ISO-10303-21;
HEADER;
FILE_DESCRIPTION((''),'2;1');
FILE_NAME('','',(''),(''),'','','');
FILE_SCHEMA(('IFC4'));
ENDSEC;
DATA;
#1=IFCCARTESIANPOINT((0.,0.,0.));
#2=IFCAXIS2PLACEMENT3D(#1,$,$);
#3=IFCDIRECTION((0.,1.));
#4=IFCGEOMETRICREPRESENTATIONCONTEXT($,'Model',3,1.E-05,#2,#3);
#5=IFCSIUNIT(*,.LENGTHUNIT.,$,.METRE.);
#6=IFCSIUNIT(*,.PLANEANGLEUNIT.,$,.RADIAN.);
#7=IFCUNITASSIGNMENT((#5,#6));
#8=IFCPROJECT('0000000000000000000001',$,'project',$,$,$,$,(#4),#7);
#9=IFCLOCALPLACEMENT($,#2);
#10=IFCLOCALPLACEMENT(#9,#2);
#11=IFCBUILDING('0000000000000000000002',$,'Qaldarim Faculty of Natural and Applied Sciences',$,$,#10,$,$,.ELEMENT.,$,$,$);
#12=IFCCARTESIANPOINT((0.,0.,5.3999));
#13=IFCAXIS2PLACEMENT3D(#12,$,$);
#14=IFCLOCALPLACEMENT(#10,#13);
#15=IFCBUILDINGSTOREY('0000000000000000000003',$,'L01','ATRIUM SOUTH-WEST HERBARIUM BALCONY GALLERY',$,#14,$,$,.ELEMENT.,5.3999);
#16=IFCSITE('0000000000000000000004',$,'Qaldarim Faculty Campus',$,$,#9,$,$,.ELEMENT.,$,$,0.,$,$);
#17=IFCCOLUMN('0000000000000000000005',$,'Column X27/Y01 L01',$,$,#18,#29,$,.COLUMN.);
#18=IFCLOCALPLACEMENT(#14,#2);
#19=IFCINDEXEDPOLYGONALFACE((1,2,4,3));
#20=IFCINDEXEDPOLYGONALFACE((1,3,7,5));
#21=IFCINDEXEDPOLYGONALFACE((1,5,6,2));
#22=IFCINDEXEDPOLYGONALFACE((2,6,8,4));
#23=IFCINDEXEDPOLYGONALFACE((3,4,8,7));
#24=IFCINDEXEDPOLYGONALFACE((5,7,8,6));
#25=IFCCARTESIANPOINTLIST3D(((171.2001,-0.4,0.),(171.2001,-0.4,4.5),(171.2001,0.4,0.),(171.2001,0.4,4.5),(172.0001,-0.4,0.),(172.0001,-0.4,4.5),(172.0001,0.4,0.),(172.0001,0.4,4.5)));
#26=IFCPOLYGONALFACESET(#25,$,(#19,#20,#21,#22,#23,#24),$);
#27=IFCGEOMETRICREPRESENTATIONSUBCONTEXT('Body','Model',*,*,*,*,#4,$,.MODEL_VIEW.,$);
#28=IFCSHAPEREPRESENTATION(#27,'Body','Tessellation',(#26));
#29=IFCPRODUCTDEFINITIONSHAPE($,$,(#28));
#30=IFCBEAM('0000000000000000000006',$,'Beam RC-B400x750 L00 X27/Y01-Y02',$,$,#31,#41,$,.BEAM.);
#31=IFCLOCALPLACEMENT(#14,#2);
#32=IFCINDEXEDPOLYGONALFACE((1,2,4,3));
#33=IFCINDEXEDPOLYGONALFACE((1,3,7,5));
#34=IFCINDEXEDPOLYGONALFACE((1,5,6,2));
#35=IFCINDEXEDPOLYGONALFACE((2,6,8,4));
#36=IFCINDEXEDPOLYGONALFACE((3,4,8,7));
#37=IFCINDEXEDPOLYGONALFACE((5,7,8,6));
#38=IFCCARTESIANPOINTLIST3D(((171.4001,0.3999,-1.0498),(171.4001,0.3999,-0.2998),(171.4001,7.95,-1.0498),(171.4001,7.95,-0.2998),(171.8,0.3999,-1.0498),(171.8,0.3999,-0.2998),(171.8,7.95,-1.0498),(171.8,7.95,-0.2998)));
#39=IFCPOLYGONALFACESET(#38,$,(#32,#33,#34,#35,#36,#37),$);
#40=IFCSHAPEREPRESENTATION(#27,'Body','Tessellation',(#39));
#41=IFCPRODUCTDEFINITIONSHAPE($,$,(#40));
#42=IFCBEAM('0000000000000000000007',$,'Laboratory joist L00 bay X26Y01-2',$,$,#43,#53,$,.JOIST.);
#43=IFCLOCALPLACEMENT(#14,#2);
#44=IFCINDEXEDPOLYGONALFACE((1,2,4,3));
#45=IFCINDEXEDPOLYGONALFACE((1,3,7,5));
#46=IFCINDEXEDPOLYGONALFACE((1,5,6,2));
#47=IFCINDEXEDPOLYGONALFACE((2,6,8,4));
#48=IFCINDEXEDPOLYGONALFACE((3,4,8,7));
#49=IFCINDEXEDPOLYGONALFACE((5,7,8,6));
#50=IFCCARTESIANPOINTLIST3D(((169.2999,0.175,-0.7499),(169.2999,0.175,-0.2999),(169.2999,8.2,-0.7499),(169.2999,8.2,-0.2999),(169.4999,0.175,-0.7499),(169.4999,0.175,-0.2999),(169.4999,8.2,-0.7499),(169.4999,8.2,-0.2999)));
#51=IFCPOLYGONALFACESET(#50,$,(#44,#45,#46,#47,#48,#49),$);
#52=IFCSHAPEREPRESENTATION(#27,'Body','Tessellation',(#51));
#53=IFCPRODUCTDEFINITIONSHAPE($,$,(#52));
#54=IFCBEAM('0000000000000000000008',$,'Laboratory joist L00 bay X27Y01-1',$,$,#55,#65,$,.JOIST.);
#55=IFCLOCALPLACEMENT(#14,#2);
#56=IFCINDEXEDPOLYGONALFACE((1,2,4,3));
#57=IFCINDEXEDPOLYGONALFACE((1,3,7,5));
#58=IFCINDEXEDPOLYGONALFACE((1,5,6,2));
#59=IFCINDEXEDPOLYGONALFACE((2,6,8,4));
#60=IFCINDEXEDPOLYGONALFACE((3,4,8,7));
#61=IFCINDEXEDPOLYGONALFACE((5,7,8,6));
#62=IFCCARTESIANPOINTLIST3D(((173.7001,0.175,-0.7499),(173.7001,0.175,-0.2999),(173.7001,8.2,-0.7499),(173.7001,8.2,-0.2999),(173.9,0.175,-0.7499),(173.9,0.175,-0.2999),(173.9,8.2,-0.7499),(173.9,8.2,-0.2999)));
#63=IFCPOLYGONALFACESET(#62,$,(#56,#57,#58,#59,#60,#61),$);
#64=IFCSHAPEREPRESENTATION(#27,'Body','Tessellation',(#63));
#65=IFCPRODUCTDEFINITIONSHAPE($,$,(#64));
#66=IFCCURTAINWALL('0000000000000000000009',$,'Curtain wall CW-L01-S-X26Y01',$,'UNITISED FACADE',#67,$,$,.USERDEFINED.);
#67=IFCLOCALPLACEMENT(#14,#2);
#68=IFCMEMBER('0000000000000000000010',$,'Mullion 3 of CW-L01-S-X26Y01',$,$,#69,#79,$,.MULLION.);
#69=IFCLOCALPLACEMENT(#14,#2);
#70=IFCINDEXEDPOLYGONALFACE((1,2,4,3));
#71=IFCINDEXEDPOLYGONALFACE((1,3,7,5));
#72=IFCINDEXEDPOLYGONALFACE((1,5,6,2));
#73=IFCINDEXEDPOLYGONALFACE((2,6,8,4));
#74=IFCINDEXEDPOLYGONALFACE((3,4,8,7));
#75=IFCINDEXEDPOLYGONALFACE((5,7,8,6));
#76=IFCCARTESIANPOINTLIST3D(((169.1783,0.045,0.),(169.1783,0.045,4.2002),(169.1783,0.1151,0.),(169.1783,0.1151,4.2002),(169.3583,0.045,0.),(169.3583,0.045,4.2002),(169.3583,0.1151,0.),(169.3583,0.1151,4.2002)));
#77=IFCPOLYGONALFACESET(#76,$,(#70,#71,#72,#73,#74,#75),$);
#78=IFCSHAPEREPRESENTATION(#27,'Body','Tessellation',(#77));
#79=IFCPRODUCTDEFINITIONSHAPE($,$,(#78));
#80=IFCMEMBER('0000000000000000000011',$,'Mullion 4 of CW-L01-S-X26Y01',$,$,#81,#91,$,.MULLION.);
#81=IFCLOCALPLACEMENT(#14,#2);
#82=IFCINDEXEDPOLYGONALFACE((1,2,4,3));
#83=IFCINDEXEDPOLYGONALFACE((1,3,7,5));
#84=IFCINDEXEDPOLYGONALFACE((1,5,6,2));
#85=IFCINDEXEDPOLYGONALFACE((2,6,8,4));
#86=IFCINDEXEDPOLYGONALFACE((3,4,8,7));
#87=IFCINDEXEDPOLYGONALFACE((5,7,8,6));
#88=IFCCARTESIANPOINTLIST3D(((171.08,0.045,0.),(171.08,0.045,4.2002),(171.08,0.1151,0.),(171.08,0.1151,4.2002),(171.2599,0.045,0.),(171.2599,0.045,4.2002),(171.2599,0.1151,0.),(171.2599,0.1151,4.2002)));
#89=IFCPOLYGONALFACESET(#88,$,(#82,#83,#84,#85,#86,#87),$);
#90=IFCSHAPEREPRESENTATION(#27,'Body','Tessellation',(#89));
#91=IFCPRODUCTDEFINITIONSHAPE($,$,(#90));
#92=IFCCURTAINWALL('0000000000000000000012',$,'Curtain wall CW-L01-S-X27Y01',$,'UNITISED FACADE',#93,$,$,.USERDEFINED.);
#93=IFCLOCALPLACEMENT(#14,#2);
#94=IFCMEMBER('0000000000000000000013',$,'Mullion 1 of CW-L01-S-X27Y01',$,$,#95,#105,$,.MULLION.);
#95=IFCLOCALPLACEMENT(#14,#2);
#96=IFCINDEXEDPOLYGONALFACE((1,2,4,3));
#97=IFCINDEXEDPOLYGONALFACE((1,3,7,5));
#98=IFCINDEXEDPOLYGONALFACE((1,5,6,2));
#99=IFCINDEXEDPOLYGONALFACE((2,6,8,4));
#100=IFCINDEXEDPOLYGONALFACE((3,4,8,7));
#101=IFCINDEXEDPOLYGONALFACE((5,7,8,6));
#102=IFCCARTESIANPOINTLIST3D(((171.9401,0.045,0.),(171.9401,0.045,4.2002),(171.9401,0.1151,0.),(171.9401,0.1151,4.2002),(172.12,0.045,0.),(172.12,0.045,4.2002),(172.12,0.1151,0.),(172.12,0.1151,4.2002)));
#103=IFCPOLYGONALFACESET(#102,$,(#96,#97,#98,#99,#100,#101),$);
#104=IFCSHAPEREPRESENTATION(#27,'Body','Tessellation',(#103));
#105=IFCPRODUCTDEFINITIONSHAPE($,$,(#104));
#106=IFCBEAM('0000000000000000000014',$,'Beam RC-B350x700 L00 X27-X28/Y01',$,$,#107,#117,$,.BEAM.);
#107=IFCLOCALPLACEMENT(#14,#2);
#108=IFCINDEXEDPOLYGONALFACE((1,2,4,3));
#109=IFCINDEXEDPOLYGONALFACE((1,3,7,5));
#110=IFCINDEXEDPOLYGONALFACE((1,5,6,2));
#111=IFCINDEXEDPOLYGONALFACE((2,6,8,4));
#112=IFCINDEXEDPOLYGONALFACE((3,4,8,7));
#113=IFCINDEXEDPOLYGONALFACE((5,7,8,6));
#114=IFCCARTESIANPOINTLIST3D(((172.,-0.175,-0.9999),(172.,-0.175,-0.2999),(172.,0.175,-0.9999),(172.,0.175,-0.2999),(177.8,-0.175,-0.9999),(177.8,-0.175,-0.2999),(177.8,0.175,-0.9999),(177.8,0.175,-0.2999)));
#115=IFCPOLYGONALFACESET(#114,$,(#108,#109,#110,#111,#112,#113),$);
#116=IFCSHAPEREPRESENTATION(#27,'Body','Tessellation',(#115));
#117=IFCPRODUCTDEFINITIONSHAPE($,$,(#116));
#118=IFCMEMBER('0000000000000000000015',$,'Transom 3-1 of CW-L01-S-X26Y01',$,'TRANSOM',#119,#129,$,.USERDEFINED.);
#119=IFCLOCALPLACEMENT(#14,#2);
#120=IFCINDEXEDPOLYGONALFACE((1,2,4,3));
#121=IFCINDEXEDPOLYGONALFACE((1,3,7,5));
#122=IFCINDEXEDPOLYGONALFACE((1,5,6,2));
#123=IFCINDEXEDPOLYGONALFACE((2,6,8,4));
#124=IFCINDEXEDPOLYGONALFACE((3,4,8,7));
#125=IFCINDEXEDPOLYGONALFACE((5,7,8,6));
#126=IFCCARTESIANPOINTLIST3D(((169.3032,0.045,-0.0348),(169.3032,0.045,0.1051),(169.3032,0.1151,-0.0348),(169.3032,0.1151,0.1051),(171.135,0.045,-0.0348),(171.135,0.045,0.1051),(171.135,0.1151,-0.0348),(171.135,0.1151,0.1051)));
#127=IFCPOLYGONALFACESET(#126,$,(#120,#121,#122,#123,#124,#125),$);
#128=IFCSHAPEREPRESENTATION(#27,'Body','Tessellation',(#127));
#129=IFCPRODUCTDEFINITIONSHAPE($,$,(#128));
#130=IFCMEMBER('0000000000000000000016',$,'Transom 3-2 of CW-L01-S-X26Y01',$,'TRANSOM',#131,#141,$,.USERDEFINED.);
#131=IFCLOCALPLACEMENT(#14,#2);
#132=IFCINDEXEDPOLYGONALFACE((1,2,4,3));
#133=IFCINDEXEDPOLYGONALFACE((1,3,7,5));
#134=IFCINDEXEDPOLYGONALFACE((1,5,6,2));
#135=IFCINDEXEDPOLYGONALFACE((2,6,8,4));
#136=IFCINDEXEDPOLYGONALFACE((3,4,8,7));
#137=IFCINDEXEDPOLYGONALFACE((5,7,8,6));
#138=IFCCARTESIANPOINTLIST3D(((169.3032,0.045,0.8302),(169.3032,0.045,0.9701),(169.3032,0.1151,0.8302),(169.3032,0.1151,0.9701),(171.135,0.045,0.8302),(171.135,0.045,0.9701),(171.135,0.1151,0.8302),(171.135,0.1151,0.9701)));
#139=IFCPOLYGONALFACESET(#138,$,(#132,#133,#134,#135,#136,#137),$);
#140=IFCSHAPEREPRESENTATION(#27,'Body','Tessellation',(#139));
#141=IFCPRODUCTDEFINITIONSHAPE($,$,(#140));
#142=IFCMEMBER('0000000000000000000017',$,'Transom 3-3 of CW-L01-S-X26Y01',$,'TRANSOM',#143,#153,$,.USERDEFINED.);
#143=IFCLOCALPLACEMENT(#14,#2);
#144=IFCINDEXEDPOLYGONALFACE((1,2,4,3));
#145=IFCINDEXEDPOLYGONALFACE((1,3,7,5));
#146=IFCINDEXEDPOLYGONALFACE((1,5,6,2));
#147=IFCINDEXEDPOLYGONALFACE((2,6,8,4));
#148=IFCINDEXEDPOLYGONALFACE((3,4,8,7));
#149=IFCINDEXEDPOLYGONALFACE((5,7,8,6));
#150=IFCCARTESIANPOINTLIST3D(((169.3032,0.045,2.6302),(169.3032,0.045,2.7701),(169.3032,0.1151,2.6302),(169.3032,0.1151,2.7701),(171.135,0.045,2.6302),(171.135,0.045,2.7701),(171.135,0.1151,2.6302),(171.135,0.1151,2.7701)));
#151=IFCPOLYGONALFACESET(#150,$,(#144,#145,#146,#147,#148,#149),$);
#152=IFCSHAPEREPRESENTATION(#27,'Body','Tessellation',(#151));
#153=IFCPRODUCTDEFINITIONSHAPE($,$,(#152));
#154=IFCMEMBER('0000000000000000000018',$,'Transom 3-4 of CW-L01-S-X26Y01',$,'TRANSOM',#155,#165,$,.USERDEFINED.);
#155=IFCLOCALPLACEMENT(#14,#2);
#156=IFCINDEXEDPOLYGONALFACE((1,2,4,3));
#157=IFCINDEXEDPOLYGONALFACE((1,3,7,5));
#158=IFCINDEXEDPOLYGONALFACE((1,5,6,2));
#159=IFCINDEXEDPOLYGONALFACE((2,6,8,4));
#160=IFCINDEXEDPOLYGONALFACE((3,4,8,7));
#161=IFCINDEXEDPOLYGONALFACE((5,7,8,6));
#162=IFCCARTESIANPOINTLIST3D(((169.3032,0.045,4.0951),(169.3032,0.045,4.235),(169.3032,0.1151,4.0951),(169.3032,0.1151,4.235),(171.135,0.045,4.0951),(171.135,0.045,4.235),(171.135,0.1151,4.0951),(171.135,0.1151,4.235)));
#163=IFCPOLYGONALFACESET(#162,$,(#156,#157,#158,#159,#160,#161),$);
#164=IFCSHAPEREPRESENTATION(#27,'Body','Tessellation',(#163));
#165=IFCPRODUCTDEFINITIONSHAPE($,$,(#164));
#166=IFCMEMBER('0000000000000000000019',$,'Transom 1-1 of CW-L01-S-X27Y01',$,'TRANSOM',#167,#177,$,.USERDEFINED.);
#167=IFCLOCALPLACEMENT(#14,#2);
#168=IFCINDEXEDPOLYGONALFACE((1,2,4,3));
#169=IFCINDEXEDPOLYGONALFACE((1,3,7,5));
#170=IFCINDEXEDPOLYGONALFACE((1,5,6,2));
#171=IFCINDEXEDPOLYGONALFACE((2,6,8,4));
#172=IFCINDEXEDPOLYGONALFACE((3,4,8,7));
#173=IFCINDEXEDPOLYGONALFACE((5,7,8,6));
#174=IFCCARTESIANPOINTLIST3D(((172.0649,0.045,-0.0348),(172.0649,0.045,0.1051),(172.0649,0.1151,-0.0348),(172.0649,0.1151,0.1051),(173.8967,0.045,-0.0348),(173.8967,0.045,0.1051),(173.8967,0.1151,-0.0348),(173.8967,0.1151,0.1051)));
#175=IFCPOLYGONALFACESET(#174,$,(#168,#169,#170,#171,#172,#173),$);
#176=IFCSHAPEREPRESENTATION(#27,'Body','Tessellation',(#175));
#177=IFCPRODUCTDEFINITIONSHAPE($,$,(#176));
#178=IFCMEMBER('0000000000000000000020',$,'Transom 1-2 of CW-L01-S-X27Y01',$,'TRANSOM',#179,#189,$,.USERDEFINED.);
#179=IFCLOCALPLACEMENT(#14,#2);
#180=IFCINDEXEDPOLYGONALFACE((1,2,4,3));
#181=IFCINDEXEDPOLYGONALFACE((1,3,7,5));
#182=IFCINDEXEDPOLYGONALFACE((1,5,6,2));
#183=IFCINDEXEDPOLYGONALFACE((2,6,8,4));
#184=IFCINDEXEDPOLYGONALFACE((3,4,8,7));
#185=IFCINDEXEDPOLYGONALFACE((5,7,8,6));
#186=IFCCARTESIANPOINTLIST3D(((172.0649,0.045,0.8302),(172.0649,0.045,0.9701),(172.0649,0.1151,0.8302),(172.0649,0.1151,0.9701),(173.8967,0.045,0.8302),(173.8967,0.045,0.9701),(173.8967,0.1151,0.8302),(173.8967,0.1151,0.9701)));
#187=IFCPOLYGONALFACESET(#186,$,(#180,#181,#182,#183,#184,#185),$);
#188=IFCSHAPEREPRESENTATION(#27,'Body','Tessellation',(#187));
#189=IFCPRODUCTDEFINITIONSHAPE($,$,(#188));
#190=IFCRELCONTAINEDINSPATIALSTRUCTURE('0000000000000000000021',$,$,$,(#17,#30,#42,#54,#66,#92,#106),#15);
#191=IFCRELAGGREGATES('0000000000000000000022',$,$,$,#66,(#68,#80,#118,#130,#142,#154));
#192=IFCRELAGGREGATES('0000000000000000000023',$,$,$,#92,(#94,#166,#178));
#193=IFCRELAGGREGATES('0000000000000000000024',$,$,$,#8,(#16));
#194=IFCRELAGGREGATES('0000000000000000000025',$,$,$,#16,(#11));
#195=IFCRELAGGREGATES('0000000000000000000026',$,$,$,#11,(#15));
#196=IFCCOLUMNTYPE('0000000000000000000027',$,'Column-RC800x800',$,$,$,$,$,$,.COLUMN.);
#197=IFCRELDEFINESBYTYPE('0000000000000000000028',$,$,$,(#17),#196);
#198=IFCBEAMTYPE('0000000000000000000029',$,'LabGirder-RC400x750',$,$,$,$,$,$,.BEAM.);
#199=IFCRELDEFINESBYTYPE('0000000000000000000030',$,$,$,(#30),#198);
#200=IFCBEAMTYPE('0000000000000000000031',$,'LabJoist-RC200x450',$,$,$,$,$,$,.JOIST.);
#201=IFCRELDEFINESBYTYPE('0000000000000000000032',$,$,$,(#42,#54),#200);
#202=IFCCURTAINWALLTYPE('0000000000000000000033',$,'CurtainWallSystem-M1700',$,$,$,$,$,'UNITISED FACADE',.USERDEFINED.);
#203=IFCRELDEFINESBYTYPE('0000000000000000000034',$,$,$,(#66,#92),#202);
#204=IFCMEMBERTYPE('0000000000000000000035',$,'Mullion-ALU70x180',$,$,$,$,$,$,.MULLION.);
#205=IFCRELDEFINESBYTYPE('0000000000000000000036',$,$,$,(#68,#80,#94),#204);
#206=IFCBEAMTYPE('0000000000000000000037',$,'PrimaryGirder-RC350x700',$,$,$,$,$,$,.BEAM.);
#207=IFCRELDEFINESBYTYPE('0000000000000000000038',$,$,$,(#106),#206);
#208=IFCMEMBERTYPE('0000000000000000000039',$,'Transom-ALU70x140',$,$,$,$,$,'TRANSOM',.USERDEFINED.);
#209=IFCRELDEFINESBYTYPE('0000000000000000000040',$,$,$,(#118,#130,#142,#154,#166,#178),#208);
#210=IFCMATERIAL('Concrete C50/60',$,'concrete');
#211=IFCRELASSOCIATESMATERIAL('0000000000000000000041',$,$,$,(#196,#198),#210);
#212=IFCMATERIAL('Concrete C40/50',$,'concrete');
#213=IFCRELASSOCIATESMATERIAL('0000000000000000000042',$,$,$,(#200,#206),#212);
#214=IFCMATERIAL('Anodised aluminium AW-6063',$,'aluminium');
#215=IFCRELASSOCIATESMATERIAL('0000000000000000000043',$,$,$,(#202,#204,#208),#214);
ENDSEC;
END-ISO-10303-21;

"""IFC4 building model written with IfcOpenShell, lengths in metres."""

from ifc_helpers import new_model, si_unit, direction, frame, origin, origin_2d, place, context, subcontext, project, spatial, rectangle, extrude, material, material_profile, profile_set, type_object, element, aggregate, save


model = new_model("IFC4")

# Units and contexts
model_context = context("Model", 3, precision=1e-05, world=origin(), true_north=direction((0.0, 1.0)))
body_context = subcontext(model_context, "Body", "Model", "MODEL_VIEW")
ifc_project = project(units=[si_unit("LENGTHUNIT", "METRE"), si_unit("PLANEANGLEUNIT", "RADIAN")], contexts=[model_context])

# Site, building, storey
site_placement = place(None, origin())
site = spatial("IfcSite", under=ifc_project, at=site_placement, Name="Qaldarim Faculty Campus", CompositionType="ELEMENT", RefElevation=0.0)
building_placement = place(site_placement, origin())
building = spatial("IfcBuilding", under=site, at=building_placement, Name="Qaldarim Faculty of Natural and Applied Sciences", CompositionType="ELEMENT")
storey_placement = place(building_placement, frame((0.0, 0.0, 5.3999)))
storey = spatial("IfcBuildingStorey", under=building, at=storey_placement, Name="L01", Description="ATRIUM SOUTH-WEST HERBARIUM BALCONY GALLERY", CompositionType="ELEMENT", Elevation=5.3999)

# Column
ifc_material_1 = material(Name="Concrete C50/60", Category="concrete")
ifc_material_profile_1 = material_profile(ifc_material_1, rectangle(XDim=0.8, YDim=0.8, at=origin_2d()), Name="RC-C800x800")
ifc_profile_set_1 = profile_set([ifc_material_profile_1], Name="Concrete C50/60")
column_type = type_object("IfcColumnType", Name="Column-RC800x800", PredefinedType="COLUMN", material=ifc_profile_set_1)
column_placement = place(storey_placement, frame((171.6001, 0.0, 0.0), z_axis=(0.0, 0.0, 1.0), x_axis=(1.0, 0.0, 0.0)))
element("IfcColumn", 1, at=column_placement, inside=storey, type_object=column_type, Name="Column X27/Y01 L01", PredefinedType="COLUMN", context=body_context, shape_type="SweptSolid", body=[
    extrude(rectangle(XDim=0.8, YDim=0.8, at=origin_2d()), origin(), (0.0, 0.0, 1.0), 4.5),
])

# Beams
ifc_material_profile_2 = material_profile(ifc_material_1, rectangle(XDim=0.3999, YDim=0.75, at=origin_2d()), Name="RC-B400x750")
ifc_profile_set_2 = profile_set([ifc_material_profile_2], Name="Concrete C50/60")
beam_type_1 = type_object("IfcBeamType", Name="LabGirder-RC400x750", PredefinedType="BEAM", material=ifc_profile_set_2)
beam_1_placement = place(storey_placement, frame((171.6001, 0.3999, -0.6748), z_axis=(0.0, 1.0, 0.0), x_axis=(-1.0, 0.0, 0.0)))
element("IfcBeam", 2, at=beam_1_placement, inside=storey, type_object=beam_type_1, Name="Beam RC-B400x750 L00 X27/Y01-Y02", PredefinedType="BEAM", context=body_context, shape_type="SweptSolid", body=[
    extrude(rectangle(XDim=0.3999, YDim=0.75, at=origin_2d()), origin(), (0.0, 0.0, 1.0), 7.55),
])
ifc_material_2 = material(Name="Concrete C40/50", Category="concrete")
ifc_material_profile_3 = material_profile(ifc_material_2, rectangle(XDim=0.2, YDim=0.45, at=origin_2d()), Name="RC-J200x450")
ifc_profile_set_3 = profile_set([ifc_material_profile_3], Name="Concrete C40/50")
beam_type_2 = type_object("IfcBeamType", Name="LabJoist-RC200x450", PredefinedType="JOIST", material=ifc_profile_set_3)
for number, where, z_axis, x_axis, name in (
    (3, (169.3999, 0.175, -0.5249), (0.0, 1.0, 0.0), (-1.0, 0.0, 0.0), "Laboratory joist L00 bay X26Y01-2"),
    (4, (173.8, 0.175, -0.5249), (0.0, 1.0, 0.0), (-1.0, 0.0, 0.0), "Laboratory joist L00 bay X27Y01-1"),
):
    element("IfcBeam", number, at=place(storey_placement, frame(where, z_axis=z_axis, x_axis=x_axis)), inside=storey, type_object=beam_type_2, Name=name, PredefinedType="JOIST", context=body_context, shape_type="SweptSolid", body=[
        extrude(rectangle(XDim=0.2, YDim=0.45, at=origin_2d()), origin(), (0.0, 0.0, 1.0), 8.0249),
    ])

# Curtain wall, members
ifc_material_3 = material(Name="Anodised aluminium AW-6063", Category="aluminium")
curtain_wall_type = type_object("IfcCurtainWallType", Name="CurtainWallSystem-M1700", ElementType="UNITISED FACADE", PredefinedType="USERDEFINED", material=ifc_material_3)
curtain_wall_1_placement = place(storey_placement, origin())
curtain_wall_1 = element("IfcCurtainWall", 5, at=curtain_wall_1_placement, inside=storey, type_object=curtain_wall_type, Name="Curtain wall CW-L01-S-X26Y01", ObjectType="UNITISED FACADE", PredefinedType="USERDEFINED")
ifc_material_profile_4 = material_profile(ifc_material_3, rectangle(XDim=0.0701, YDim=0.1799, at=origin_2d()), Name="ALU-M70x180")
ifc_profile_set_4 = profile_set([ifc_material_profile_4], Name="Anodised aluminium AW-6063")
member_type_1 = type_object("IfcMemberType", Name="Mullion-ALU70x180", PredefinedType="MULLION", material=ifc_profile_set_4)
member_1_placement = place(storey_placement, frame((169.2683, 0.0801, 0.0), z_axis=(0.0, 0.0, 1.0), x_axis=(0.0, 1.0, 0.0)))
member_1 = element("IfcMember", 6, at=member_1_placement, type_object=member_type_1, Name="Mullion 3 of CW-L01-S-X26Y01", PredefinedType="MULLION", context=body_context, shape_type="SweptSolid", body=[
    extrude(rectangle(XDim=0.0701, YDim=0.1799, at=origin_2d()), origin(), (0.0, 0.0, 1.0), 4.2002),
])
member_2_placement = place(storey_placement, frame((171.1699, 0.0801, 0.0), z_axis=(0.0, 0.0, 1.0), x_axis=(0.0, 1.0, 0.0)))
member_2 = element("IfcMember", 7, at=member_2_placement, type_object=member_type_1, Name="Mullion 4 of CW-L01-S-X26Y01", PredefinedType="MULLION", context=body_context, shape_type="SweptSolid", body=[
    extrude(rectangle(XDim=0.0701, YDim=0.1799, at=origin_2d()), origin(), (0.0, 0.0, 1.0), 4.2002),
])

# Curtain wall, member
curtain_wall_2_placement = place(storey_placement, origin())
curtain_wall_2 = element("IfcCurtainWall", 8, at=curtain_wall_2_placement, inside=storey, type_object=curtain_wall_type, Name="Curtain wall CW-L01-S-X27Y01", ObjectType="UNITISED FACADE", PredefinedType="USERDEFINED")
member_3_placement = place(storey_placement, frame((172.03, 0.0801, 0.0), z_axis=(0.0, 0.0, 1.0), x_axis=(0.0, 1.0, 0.0)))
member_3 = element("IfcMember", 9, at=member_3_placement, type_object=member_type_1, Name="Mullion 1 of CW-L01-S-X27Y01", PredefinedType="MULLION", context=body_context, shape_type="SweptSolid", body=[
    extrude(rectangle(XDim=0.0701, YDim=0.1799, at=origin_2d()), origin(), (0.0, 0.0, 1.0), 4.2002),
])

# Beam
ifc_material_profile_5 = material_profile(ifc_material_2, rectangle(XDim=0.3501, YDim=0.7, at=origin_2d()), Name="RC-B350x700")
ifc_profile_set_5 = profile_set([ifc_material_profile_5], Name="Concrete C40/50")
beam_type_3 = type_object("IfcBeamType", Name="PrimaryGirder-RC350x700", PredefinedType="BEAM", material=ifc_profile_set_5)
beam_2_placement = place(storey_placement, frame((172.0, 0.0, -0.6499), z_axis=(1.0, 0.0, 0.0), x_axis=(0.0, 1.0, 0.0)))
element("IfcBeam", 10, at=beam_2_placement, inside=storey, type_object=beam_type_3, Name="Beam RC-B350x700 L00 X27-X28/Y01", PredefinedType="BEAM", context=body_context, shape_type="SweptSolid", body=[
    extrude(rectangle(XDim=0.3501, YDim=0.7, at=origin_2d()), origin(), (0.0, 0.0, 1.0), 5.8),
])

# Members
ifc_material_profile_6 = material_profile(ifc_material_3, rectangle(XDim=0.0701, YDim=0.1399, at=origin_2d()), Name="ALU-T70x140")
ifc_profile_set_6 = profile_set([ifc_material_profile_6], Name="Anodised aluminium AW-6063")
member_type_2 = type_object("IfcMemberType", Name="Transom-ALU70x140", ElementType="TRANSOM", PredefinedType="USERDEFINED", material=ifc_profile_set_6)
member_4_placement = place(storey_placement, frame((169.3032, 0.0801, 0.0352), z_axis=(1.0, 0.0, 0.0), x_axis=(0.0, 1.0, 0.0)))
member_4 = element("IfcMember", 11, at=member_4_placement, type_object=member_type_2, Name="Transom 3-1 of CW-L01-S-X26Y01", ObjectType="TRANSOM", PredefinedType="USERDEFINED", context=body_context, shape_type="SweptSolid", body=[
    extrude(rectangle(XDim=0.0701, YDim=0.1399, at=origin_2d()), origin(), (0.0, 0.0, 1.0), 1.8318),
])
member_5_placement = place(storey_placement, frame((169.3032, 0.0801, 0.9001), z_axis=(1.0, 0.0, 0.0), x_axis=(0.0, 1.0, 0.0)))
member_5 = element("IfcMember", 12, at=member_5_placement, type_object=member_type_2, Name="Transom 3-2 of CW-L01-S-X26Y01", ObjectType="TRANSOM", PredefinedType="USERDEFINED", context=body_context, shape_type="SweptSolid", body=[
    extrude(rectangle(XDim=0.0701, YDim=0.1399, at=origin_2d()), origin(), (0.0, 0.0, 1.0), 1.8318),
])
member_6_placement = place(storey_placement, frame((169.3032, 0.0801, 2.7002), z_axis=(1.0, 0.0, 0.0), x_axis=(0.0, 1.0, 0.0)))
member_6 = element("IfcMember", 13, at=member_6_placement, type_object=member_type_2, Name="Transom 3-3 of CW-L01-S-X26Y01", ObjectType="TRANSOM", PredefinedType="USERDEFINED", context=body_context, shape_type="SweptSolid", body=[
    extrude(rectangle(XDim=0.0701, YDim=0.1399, at=origin_2d()), origin(), (0.0, 0.0, 1.0), 1.8318),
])
member_7_placement = place(storey_placement, frame((169.3032, 0.0801, 4.165), z_axis=(1.0, 0.0, 0.0), x_axis=(0.0, 1.0, 0.0)))
member_7 = element("IfcMember", 14, at=member_7_placement, type_object=member_type_2, Name="Transom 3-4 of CW-L01-S-X26Y01", ObjectType="TRANSOM", PredefinedType="USERDEFINED", context=body_context, shape_type="SweptSolid", body=[
    extrude(rectangle(XDim=0.0701, YDim=0.1399, at=origin_2d()), origin(), (0.0, 0.0, 1.0), 1.8318),
])
member_8_placement = place(storey_placement, frame((172.0649, 0.0801, 0.0352), z_axis=(1.0, 0.0, 0.0), x_axis=(0.0, 1.0, 0.0)))
member_8 = element("IfcMember", 15, at=member_8_placement, type_object=member_type_2, Name="Transom 1-1 of CW-L01-S-X27Y01", ObjectType="TRANSOM", PredefinedType="USERDEFINED", context=body_context, shape_type="SweptSolid", body=[
    extrude(rectangle(XDim=0.0701, YDim=0.1399, at=origin_2d()), origin(), (0.0, 0.0, 1.0), 1.8318),
])
member_9_placement = place(storey_placement, frame((172.0649, 0.0801, 0.9001), z_axis=(1.0, 0.0, 0.0), x_axis=(0.0, 1.0, 0.0)))
member_9 = element("IfcMember", 16, at=member_9_placement, type_object=member_type_2, Name="Transom 1-2 of CW-L01-S-X27Y01", ObjectType="TRANSOM", PredefinedType="USERDEFINED", context=body_context, shape_type="SweptSolid", body=[
    extrude(rectangle(XDim=0.0701, YDim=0.1399, at=origin_2d()), origin(), (0.0, 0.0, 1.0), 1.8318),
])

aggregate(curtain_wall_1, [member_1, member_2, member_4, member_5, member_6, member_7])
aggregate(curtain_wall_2, [member_3, member_8, member_9])

save(model, "model.ifc")
